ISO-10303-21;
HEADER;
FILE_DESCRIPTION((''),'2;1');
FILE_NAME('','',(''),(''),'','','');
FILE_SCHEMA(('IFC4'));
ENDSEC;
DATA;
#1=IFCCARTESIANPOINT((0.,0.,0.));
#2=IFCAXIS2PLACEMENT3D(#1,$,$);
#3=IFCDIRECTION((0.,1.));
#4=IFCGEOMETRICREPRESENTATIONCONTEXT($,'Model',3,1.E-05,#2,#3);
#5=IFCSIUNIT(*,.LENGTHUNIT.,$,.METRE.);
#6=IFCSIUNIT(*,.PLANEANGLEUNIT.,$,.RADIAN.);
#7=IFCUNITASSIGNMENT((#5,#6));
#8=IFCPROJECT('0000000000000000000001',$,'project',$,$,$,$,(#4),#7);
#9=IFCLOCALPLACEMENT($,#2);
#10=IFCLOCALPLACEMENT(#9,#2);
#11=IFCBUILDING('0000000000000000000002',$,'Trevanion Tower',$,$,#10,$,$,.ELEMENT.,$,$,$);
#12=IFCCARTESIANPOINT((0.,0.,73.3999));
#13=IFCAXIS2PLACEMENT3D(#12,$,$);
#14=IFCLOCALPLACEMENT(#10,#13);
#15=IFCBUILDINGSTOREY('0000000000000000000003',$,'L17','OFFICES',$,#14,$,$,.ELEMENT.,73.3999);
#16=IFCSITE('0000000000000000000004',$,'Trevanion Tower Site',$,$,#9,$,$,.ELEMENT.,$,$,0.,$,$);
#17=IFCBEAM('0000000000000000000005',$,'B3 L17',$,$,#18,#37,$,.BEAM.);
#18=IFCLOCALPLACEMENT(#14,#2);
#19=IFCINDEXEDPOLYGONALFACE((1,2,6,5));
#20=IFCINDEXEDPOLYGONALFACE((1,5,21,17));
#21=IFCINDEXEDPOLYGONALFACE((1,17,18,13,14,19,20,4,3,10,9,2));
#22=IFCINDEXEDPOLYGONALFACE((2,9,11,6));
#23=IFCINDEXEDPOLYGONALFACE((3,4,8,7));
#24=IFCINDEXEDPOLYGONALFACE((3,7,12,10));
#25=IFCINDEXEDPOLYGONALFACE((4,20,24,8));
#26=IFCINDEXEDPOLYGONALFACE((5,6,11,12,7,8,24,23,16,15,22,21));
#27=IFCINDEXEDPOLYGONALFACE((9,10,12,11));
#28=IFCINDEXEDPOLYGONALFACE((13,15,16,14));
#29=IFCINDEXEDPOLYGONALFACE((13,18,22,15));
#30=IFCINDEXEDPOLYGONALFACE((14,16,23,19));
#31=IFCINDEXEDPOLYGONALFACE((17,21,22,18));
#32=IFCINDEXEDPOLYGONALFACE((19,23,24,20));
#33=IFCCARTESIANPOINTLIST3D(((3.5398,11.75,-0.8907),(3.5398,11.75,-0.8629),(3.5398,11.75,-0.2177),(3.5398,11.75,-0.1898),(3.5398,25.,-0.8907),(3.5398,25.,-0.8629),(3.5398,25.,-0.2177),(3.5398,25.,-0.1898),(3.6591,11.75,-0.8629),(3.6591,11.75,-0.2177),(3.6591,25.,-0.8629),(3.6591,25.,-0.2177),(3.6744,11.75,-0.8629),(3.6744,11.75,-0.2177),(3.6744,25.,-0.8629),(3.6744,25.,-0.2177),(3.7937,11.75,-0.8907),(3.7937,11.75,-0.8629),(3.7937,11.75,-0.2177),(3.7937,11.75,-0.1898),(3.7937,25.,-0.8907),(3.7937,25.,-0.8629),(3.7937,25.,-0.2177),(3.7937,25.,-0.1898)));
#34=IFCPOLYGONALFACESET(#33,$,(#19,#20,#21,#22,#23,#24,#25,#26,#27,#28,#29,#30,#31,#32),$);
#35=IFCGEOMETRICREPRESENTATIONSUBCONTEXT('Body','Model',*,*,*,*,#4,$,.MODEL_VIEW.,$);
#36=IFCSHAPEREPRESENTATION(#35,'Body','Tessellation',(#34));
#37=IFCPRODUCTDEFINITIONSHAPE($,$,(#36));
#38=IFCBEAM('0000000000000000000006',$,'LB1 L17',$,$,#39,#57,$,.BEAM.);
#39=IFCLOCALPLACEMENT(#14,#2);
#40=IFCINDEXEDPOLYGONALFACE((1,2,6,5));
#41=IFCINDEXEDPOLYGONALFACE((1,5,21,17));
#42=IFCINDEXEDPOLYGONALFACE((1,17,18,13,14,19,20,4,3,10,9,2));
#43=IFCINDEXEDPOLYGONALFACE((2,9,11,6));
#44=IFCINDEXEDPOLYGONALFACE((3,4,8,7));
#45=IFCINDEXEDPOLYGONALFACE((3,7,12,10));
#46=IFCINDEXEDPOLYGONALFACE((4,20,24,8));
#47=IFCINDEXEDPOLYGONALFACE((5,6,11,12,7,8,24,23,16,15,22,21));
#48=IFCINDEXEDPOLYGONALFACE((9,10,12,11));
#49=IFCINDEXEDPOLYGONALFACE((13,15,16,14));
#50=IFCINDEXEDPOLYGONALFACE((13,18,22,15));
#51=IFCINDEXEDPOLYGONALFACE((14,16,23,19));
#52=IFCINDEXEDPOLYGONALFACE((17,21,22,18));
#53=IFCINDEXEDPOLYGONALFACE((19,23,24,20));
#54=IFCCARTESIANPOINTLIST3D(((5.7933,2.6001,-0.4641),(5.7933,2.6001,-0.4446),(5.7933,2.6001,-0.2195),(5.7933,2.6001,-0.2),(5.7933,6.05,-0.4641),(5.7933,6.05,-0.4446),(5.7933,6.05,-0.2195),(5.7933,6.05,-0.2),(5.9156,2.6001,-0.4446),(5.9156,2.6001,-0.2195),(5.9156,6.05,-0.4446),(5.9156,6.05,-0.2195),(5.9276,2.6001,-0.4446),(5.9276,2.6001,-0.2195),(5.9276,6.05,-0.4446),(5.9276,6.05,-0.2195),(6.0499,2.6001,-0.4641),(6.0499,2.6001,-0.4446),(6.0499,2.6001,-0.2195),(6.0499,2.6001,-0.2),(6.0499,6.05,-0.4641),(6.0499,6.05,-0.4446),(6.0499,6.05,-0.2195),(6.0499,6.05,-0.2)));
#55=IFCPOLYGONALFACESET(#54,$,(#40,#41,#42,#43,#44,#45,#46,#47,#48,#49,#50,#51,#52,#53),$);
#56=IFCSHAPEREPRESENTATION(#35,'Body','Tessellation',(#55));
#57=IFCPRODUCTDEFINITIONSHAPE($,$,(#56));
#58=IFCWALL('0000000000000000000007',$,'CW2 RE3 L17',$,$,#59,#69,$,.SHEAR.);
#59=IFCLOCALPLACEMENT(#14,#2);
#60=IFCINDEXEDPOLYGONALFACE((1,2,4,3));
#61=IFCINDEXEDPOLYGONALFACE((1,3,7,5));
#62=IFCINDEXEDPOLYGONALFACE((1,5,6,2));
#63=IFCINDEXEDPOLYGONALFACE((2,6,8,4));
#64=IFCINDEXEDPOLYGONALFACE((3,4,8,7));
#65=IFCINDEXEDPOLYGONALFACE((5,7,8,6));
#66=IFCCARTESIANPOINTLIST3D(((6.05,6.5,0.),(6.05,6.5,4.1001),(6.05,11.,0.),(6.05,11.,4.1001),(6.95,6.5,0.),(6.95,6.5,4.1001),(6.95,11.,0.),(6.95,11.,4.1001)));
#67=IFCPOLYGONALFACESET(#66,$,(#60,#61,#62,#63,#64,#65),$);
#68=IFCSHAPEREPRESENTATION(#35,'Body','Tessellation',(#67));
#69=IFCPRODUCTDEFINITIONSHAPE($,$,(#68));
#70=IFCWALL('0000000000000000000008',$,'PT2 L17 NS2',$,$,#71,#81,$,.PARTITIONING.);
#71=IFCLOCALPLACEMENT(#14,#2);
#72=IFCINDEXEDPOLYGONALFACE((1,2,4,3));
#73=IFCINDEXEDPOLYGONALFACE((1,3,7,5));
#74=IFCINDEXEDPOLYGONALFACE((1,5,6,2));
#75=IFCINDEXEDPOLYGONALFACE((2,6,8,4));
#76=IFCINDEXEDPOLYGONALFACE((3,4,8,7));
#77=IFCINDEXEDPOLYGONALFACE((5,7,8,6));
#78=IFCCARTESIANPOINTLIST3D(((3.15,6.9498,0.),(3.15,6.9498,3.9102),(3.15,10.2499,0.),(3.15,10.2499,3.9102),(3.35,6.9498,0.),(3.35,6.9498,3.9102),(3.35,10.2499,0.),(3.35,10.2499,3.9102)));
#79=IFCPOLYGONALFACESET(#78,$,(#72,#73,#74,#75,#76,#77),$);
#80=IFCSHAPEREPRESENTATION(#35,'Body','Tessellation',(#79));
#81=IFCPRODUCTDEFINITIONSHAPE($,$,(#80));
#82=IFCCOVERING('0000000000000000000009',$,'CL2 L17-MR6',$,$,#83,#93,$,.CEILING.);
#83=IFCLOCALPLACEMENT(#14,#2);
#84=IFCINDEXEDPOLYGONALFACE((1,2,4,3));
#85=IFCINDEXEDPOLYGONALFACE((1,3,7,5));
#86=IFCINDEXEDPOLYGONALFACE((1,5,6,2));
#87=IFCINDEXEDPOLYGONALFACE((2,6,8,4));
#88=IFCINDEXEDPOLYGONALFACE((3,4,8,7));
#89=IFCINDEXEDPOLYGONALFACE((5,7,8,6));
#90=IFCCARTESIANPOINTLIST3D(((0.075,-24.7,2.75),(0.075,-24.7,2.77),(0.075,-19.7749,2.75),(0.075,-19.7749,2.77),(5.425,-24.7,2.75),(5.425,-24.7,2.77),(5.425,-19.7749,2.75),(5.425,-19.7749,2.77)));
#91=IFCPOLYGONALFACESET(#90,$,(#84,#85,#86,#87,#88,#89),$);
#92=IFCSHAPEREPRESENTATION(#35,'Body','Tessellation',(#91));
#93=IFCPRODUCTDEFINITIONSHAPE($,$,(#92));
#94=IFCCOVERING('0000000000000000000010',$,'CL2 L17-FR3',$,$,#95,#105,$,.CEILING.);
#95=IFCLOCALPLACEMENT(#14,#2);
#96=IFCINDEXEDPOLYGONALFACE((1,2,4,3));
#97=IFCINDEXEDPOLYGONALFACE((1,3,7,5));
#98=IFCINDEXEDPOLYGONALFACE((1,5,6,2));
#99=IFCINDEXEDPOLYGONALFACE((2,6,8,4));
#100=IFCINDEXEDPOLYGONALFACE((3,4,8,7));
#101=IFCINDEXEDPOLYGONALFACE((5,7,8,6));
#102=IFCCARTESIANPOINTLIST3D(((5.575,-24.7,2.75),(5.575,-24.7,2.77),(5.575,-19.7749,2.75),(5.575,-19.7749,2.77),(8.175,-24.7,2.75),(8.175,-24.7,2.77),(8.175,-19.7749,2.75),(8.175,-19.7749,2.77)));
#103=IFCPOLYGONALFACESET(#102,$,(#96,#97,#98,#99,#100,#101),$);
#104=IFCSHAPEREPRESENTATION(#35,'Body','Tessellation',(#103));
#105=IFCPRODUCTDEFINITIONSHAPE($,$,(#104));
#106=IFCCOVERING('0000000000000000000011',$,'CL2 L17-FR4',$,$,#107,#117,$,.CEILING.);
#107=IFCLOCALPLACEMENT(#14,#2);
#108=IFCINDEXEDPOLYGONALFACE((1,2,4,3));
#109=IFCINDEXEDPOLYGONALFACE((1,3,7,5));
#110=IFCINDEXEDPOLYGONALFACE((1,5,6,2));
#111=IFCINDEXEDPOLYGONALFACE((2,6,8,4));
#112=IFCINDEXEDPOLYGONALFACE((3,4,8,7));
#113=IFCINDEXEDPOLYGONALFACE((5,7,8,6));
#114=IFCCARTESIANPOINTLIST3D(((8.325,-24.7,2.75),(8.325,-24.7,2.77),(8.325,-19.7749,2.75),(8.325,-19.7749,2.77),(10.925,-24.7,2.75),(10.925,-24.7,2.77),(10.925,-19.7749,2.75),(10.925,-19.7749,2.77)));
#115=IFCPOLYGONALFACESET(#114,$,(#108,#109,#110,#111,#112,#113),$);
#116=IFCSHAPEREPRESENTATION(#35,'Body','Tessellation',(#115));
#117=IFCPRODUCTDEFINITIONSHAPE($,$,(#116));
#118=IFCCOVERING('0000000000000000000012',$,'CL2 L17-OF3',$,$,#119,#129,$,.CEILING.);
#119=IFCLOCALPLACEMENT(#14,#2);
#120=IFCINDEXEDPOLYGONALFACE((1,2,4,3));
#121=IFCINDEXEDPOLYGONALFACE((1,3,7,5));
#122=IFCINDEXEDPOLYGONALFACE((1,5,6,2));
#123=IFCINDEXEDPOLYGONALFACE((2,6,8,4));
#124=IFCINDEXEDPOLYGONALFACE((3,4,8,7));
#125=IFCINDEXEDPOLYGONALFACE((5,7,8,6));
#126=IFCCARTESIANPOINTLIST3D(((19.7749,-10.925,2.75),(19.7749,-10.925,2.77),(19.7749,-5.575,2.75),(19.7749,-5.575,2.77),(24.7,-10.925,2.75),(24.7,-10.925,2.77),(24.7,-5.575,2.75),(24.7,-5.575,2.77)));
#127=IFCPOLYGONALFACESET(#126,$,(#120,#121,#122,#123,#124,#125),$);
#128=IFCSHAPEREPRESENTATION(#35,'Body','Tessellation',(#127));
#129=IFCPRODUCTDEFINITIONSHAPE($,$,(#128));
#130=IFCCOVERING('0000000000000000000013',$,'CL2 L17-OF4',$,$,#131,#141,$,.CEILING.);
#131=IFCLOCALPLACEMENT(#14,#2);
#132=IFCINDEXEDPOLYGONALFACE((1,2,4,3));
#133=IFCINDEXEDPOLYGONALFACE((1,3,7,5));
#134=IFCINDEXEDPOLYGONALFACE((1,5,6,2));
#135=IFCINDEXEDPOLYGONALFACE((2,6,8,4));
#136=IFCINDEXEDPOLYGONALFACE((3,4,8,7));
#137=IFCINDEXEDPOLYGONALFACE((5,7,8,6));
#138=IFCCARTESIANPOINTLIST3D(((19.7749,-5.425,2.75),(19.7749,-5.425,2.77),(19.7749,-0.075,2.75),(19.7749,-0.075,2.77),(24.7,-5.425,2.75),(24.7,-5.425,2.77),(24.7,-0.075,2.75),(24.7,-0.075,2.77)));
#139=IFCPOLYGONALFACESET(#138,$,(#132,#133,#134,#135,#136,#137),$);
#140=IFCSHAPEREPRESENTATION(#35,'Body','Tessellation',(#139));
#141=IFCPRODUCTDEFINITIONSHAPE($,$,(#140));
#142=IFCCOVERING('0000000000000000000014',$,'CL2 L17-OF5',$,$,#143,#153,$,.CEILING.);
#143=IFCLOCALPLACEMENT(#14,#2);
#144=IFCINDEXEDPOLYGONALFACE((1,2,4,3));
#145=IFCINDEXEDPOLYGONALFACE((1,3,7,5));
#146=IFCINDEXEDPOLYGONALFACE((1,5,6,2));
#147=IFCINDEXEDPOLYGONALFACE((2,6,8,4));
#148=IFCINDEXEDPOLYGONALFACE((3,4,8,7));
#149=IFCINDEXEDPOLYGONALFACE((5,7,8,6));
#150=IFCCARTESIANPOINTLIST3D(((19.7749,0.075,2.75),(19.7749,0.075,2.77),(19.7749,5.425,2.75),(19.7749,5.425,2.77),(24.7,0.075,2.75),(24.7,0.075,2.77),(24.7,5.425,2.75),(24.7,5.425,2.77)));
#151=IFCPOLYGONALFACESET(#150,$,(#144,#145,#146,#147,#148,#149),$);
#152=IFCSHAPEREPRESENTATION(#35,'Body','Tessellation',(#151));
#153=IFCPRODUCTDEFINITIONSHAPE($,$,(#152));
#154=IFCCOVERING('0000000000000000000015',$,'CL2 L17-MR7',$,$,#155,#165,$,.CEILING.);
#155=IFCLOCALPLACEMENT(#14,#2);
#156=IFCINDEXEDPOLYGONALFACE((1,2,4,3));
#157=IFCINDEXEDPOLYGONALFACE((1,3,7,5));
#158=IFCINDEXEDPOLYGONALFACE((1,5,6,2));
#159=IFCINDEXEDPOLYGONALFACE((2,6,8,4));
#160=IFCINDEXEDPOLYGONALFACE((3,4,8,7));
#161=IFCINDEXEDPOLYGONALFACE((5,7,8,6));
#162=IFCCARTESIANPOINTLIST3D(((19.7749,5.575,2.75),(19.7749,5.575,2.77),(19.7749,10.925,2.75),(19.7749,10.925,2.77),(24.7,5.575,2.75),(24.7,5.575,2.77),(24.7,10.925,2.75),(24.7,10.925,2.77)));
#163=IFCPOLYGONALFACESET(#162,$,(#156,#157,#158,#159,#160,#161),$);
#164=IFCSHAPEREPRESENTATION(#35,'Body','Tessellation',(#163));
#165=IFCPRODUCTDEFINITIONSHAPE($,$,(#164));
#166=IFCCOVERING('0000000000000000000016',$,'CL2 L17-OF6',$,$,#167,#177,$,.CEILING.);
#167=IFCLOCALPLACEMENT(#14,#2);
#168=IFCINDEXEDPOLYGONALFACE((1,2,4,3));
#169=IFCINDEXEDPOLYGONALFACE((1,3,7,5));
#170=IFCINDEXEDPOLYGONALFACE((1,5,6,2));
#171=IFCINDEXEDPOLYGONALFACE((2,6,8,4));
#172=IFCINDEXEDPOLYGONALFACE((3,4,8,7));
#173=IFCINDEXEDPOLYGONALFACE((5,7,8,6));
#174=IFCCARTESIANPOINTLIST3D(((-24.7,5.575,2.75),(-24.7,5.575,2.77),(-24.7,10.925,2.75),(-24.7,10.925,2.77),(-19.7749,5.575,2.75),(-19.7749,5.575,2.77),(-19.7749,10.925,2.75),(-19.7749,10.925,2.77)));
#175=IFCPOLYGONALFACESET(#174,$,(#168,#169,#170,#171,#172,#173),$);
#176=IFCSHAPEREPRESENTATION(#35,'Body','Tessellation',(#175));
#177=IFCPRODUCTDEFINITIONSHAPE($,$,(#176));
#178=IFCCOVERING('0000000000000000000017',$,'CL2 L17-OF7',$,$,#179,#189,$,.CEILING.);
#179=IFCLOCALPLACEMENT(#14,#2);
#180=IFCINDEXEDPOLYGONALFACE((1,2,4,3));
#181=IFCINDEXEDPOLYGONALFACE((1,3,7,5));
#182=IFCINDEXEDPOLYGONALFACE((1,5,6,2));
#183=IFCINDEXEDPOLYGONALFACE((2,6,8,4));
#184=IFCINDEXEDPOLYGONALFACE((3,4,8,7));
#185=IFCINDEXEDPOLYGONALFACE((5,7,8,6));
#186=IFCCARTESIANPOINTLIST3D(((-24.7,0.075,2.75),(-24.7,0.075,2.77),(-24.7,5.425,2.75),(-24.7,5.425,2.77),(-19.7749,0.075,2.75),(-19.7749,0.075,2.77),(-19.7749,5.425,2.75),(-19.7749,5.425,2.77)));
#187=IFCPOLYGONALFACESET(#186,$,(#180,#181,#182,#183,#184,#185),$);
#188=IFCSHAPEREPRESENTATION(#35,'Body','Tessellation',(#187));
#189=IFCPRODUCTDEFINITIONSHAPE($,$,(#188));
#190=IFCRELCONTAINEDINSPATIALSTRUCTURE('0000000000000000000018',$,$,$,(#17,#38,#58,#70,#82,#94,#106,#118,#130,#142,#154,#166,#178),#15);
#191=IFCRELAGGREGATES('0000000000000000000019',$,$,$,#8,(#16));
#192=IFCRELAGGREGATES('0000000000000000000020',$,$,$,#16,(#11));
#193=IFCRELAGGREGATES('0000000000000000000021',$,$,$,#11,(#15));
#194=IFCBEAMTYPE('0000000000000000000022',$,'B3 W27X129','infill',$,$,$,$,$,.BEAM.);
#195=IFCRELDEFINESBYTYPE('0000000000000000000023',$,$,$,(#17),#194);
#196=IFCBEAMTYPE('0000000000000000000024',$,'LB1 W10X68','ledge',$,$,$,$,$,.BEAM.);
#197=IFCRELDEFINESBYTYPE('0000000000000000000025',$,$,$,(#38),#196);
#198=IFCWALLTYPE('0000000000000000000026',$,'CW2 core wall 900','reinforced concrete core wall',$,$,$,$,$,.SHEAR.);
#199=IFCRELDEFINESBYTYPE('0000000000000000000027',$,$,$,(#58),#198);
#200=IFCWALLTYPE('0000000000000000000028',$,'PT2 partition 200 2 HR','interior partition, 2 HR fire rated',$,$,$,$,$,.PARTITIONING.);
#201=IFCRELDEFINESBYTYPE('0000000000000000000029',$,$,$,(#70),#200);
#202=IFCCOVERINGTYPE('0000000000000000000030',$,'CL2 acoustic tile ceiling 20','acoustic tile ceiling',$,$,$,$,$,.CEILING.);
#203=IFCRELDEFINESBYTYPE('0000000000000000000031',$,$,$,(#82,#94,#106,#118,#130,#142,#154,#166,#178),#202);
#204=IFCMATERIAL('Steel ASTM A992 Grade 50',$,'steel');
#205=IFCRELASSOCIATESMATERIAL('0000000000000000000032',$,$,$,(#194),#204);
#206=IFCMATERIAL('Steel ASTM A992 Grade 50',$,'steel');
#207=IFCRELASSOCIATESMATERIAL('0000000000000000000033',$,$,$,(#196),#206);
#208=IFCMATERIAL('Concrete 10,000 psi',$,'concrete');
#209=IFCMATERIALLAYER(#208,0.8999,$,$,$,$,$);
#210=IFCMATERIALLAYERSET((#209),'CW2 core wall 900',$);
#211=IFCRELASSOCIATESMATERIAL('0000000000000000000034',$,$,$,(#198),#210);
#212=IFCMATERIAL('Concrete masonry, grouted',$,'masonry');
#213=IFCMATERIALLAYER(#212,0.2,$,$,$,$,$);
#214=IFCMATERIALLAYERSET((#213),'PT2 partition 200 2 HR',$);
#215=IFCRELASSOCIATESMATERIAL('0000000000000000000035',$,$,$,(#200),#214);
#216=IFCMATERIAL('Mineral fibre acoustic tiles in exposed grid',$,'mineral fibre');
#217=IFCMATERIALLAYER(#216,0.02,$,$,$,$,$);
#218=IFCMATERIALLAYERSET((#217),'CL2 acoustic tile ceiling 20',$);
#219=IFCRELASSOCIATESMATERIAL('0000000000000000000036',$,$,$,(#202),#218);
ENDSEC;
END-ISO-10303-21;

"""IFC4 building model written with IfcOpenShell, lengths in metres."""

from ifc_helpers import new_model, si_unit, direction, frame, frame_2d, origin, origin_2d, place, context, subcontext, project, spatial, polyline, rectangle, i_section, outline, extrude, material, layer, layer_set, material_profile, profile_set, type_object, element, save


model = new_model("IFC4")

# Units and contexts
model_context = context("Model", 3, precision=1e-05, world=origin(), true_north=direction((0.0, 1.0)))
body_context = subcontext(model_context, "Body", "Model", "MODEL_VIEW")
ifc_project = project(units=[si_unit("LENGTHUNIT", "METRE"), si_unit("PLANEANGLEUNIT", "RADIAN")], contexts=[model_context])

# Site, building, storey
site_placement = place(None, origin())
site = spatial("IfcSite", under=ifc_project, at=site_placement, Name="Trevanion Tower Site", CompositionType="ELEMENT", RefElevation=0.0)
building_placement = place(site_placement, origin())
building = spatial("IfcBuilding", under=site, at=building_placement, Name="Trevanion Tower", CompositionType="ELEMENT")
storey_placement = place(building_placement, frame((0.0, 0.0, 73.3999)))
storey = spatial("IfcBuildingStorey", under=building, at=storey_placement, Name="L17", Description="OFFICES", CompositionType="ELEMENT", Elevation=73.3999)

# Beams
ifc_material_1 = material(Name="Steel ASTM A992 Grade 50", Category="steel")
ifc_material_profile_1 = material_profile(ifc_material_1, i_section(OverallWidth=0.2539, OverallDepth=0.7009, WebThickness=0.0154, FlangeThickness=0.0278, at=origin_2d()), Name="W27X129")
ifc_profile_set_1 = profile_set([ifc_material_profile_1], Name="Steel ASTM A992 Grade 50")
beam_type_1 = type_object("IfcBeamType", Name="B3 W27X129", Description="infill", PredefinedType="BEAM", material=ifc_profile_set_1)
beam_1_placement = place(storey_placement, frame((3.6667, 11.75, -0.5403), z_axis=(0.0, 1.0, 0.0), x_axis=(-1.0, 0.0, 0.0)))
element("IfcBeam", 1, at=beam_1_placement, inside=storey, type_object=beam_type_1, Name="B3 L17", PredefinedType="BEAM", context=body_context, shape_type="SweptSolid", body=[
    extrude(i_section(OverallWidth=0.2539, OverallDepth=0.7009, WebThickness=0.0154, FlangeThickness=0.0278, at=origin_2d()), origin(), (0.0, 0.0, 1.0), 13.25),
])
ifc_material_2 = material(Name="Steel ASTM A992 Grade 50", Category="steel")
ifc_material_profile_2 = material_profile(ifc_material_2, i_section(OverallWidth=0.2566, OverallDepth=0.2642, WebThickness=0.012, FlangeThickness=0.0195, at=origin_2d()), Name="W10X68")
ifc_profile_set_2 = profile_set([ifc_material_profile_2], Name="Steel ASTM A992 Grade 50")
beam_type_2 = type_object("IfcBeamType", Name="LB1 W10X68", Description="ledge", PredefinedType="BEAM", material=ifc_profile_set_2)
beam_2_placement = place(storey_placement, frame((5.9216, 2.6001, -0.332), z_axis=(0.0, 1.0, 0.0), x_axis=(-1.0, 0.0, 0.0)))
element("IfcBeam", 2, at=beam_2_placement, inside=storey, type_object=beam_type_2, Name="LB1 L17", PredefinedType="BEAM", context=body_context, shape_type="SweptSolid", body=[
    extrude(i_section(OverallWidth=0.2566, OverallDepth=0.2642, WebThickness=0.012, FlangeThickness=0.0195, at=origin_2d()), origin(), (0.0, 0.0, 1.0), 3.45),
])

# Walls
ifc_material_3 = material(Name="Concrete 10,000 psi", Category="concrete")
ifc_layer_1 = layer(ifc_material_3, 0.8999)
ifc_layer_set_1 = layer_set([ifc_layer_1], Name="CW2 core wall 900")
wall_type_1 = type_object("IfcWallType", Name="CW2 core wall 900", Description="reinforced concrete core wall", PredefinedType="SHEAR", material=ifc_layer_set_1)
wall_1_placement = place(storey_placement, frame((6.5, 6.5, 0.0), z_axis=(0.0, 0.0, 1.0), x_axis=(0.0, 1.0, 0.0)))
element("IfcWall", 3, at=wall_1_placement, inside=storey, type_object=wall_type_1, Name="CW2 RE3 L17", PredefinedType="SHEAR", context=body_context, shape_type="SweptSolid", body=[
    extrude(rectangle(XDim=4.5, YDim=0.8999, at=frame_2d((2.25, 0.0))), origin(), (0.0, 0.0, 1.0), 4.1001),
])
ifc_material_4 = material(Name="Concrete masonry, grouted", Category="masonry")
ifc_layer_2 = layer(ifc_material_4, 0.2)
ifc_layer_set_2 = layer_set([ifc_layer_2], Name="PT2 partition 200 2 HR")
wall_type_2 = type_object("IfcWallType", Name="PT2 partition 200 2 HR", Description="interior partition, 2 HR fire rated", PredefinedType="PARTITIONING", material=ifc_layer_set_2)
wall_2_placement = place(storey_placement, frame((3.25, 6.95, 0.0), z_axis=(0.0, 0.0, 1.0), x_axis=(0.0, 1.0, 0.0)))
element("IfcWall", 4, at=wall_2_placement, inside=storey, type_object=wall_type_2, Name="PT2 L17 NS2", PredefinedType="PARTITIONING", context=body_context, shape_type="SweptSolid", body=[
    extrude(rectangle(XDim=3.3, YDim=0.2, at=frame_2d((1.6499, 0.0))), origin(), (0.0, 0.0, 1.0), 3.9102),
])

# Coverings
ifc_material_5 = material(Name="Mineral fibre acoustic tiles in exposed grid", Category="mineral fibre")
ifc_layer_3 = layer(ifc_material_5, 0.02)
ifc_layer_set_3 = layer_set([ifc_layer_3], Name="CL2 acoustic tile ceiling 20")
covering_type_1 = type_object("IfcCoveringType", Name="CL2 acoustic tile ceiling 20", Description="acoustic tile ceiling", PredefinedType="CEILING", material=ifc_layer_set_3)
covering_1_placement = place(storey_placement, frame((0.0, 0.0, 2.75)))
element("IfcCovering", 5, at=covering_1_placement, inside=storey, type_object=covering_type_1, Name="CL2 L17-MR6", PredefinedType="CEILING", context=body_context, shape_type="SweptSolid", body=[
    extrude(outline(polyline([(0.075, -19.7749), (5.425, -19.7749), (5.425, -24.7), (0.075, -24.7), (0.075, -19.7749)])), origin(), (0.0, 0.0, 1.0), 0.02),
])
covering_2_placement = place(storey_placement, frame((0.0, 0.0, 2.75)))
element("IfcCovering", 6, at=covering_2_placement, inside=storey, type_object=covering_type_1, Name="CL2 L17-FR3", PredefinedType="CEILING", context=body_context, shape_type="SweptSolid", body=[
    extrude(outline(polyline([(5.575, -19.7749), (8.175, -19.7749), (8.175, -24.7), (5.575, -24.7), (5.575, -19.7749)])), origin(), (0.0, 0.0, 1.0), 0.02),
])
covering_3_placement = place(storey_placement, frame((0.0, 0.0, 2.75)))
element("IfcCovering", 7, at=covering_3_placement, inside=storey, type_object=covering_type_1, Name="CL2 L17-FR4", PredefinedType="CEILING", context=body_context, shape_type="SweptSolid", body=[
    extrude(outline(polyline([(8.325, -19.7749), (10.925, -19.7749), (10.925, -24.7), (8.325, -24.7), (8.325, -19.7749)])), origin(), (0.0, 0.0, 1.0), 0.02),
])
covering_4_placement = place(storey_placement, frame((0.0, 0.0, 2.75)))
element("IfcCovering", 8, at=covering_4_placement, inside=storey, type_object=covering_type_1, Name="CL2 L17-OF3", PredefinedType="CEILING", context=body_context, shape_type="SweptSolid", body=[
    extrude(outline(polyline([(19.7749, -10.925), (19.7749, -5.575), (24.7, -5.575), (24.7, -10.925), (19.7749, -10.925)])), origin(), (0.0, 0.0, 1.0), 0.02),
])
covering_5_placement = place(storey_placement, frame((0.0, 0.0, 2.75)))
element("IfcCovering", 9, at=covering_5_placement, inside=storey, type_object=covering_type_1, Name="CL2 L17-OF4", PredefinedType="CEILING", context=body_context, shape_type="SweptSolid", body=[
    extrude(outline(polyline([(19.7749, -5.425), (19.7749, -0.075), (24.7, -0.075), (24.7, -5.425), (19.7749, -5.425)])), origin(), (0.0, 0.0, 1.0), 0.02),
])
covering_6_placement = place(storey_placement, frame((0.0, 0.0, 2.75)))
element("IfcCovering", 10, at=covering_6_placement, inside=storey, type_object=covering_type_1, Name="CL2 L17-OF5", PredefinedType="CEILING", context=body_context, shape_type="SweptSolid", body=[
    extrude(outline(polyline([(19.7749, 0.075), (19.7749, 5.425), (24.7, 5.425), (24.7, 0.075), (19.7749, 0.075)])), origin(), (0.0, 0.0, 1.0), 0.02),
])
covering_7_placement = place(storey_placement, frame((0.0, 0.0, 2.75)))
element("IfcCovering", 11, at=covering_7_placement, inside=storey, type_object=covering_type_1, Name="CL2 L17-MR7", PredefinedType="CEILING", context=body_context, shape_type="SweptSolid", body=[
    extrude(outline(polyline([(19.7749, 5.575), (19.7749, 10.925), (24.7, 10.925), (24.7, 5.575), (19.7749, 5.575)])), origin(), (0.0, 0.0, 1.0), 0.02),
])
covering_8_placement = place(storey_placement, frame((0.0, 0.0, 2.75)))
element("IfcCovering", 12, at=covering_8_placement, inside=storey, type_object=covering_type_1, Name="CL2 L17-OF6", PredefinedType="CEILING", context=body_context, shape_type="SweptSolid", body=[
    extrude(outline(polyline([(-19.7749, 10.925), (-19.7749, 5.575), (-24.7, 5.575), (-24.7, 10.925), (-19.7749, 10.925)])), origin(), (0.0, 0.0, 1.0), 0.02),
])
covering_9_placement = place(storey_placement, frame((0.0, 0.0, 2.75)))
element("IfcCovering", 13, at=covering_9_placement, inside=storey, type_object=covering_type_1, Name="CL2 L17-OF7", PredefinedType="CEILING", context=body_context, shape_type="SweptSolid", body=[
    extrude(outline(polyline([(-19.7749, 5.425), (-19.7749, 0.075), (-24.7, 0.075), (-24.7, 5.425), (-19.7749, 5.425)])), origin(), (0.0, 0.0, 1.0), 0.02),
])

save(model, "model.ifc")
